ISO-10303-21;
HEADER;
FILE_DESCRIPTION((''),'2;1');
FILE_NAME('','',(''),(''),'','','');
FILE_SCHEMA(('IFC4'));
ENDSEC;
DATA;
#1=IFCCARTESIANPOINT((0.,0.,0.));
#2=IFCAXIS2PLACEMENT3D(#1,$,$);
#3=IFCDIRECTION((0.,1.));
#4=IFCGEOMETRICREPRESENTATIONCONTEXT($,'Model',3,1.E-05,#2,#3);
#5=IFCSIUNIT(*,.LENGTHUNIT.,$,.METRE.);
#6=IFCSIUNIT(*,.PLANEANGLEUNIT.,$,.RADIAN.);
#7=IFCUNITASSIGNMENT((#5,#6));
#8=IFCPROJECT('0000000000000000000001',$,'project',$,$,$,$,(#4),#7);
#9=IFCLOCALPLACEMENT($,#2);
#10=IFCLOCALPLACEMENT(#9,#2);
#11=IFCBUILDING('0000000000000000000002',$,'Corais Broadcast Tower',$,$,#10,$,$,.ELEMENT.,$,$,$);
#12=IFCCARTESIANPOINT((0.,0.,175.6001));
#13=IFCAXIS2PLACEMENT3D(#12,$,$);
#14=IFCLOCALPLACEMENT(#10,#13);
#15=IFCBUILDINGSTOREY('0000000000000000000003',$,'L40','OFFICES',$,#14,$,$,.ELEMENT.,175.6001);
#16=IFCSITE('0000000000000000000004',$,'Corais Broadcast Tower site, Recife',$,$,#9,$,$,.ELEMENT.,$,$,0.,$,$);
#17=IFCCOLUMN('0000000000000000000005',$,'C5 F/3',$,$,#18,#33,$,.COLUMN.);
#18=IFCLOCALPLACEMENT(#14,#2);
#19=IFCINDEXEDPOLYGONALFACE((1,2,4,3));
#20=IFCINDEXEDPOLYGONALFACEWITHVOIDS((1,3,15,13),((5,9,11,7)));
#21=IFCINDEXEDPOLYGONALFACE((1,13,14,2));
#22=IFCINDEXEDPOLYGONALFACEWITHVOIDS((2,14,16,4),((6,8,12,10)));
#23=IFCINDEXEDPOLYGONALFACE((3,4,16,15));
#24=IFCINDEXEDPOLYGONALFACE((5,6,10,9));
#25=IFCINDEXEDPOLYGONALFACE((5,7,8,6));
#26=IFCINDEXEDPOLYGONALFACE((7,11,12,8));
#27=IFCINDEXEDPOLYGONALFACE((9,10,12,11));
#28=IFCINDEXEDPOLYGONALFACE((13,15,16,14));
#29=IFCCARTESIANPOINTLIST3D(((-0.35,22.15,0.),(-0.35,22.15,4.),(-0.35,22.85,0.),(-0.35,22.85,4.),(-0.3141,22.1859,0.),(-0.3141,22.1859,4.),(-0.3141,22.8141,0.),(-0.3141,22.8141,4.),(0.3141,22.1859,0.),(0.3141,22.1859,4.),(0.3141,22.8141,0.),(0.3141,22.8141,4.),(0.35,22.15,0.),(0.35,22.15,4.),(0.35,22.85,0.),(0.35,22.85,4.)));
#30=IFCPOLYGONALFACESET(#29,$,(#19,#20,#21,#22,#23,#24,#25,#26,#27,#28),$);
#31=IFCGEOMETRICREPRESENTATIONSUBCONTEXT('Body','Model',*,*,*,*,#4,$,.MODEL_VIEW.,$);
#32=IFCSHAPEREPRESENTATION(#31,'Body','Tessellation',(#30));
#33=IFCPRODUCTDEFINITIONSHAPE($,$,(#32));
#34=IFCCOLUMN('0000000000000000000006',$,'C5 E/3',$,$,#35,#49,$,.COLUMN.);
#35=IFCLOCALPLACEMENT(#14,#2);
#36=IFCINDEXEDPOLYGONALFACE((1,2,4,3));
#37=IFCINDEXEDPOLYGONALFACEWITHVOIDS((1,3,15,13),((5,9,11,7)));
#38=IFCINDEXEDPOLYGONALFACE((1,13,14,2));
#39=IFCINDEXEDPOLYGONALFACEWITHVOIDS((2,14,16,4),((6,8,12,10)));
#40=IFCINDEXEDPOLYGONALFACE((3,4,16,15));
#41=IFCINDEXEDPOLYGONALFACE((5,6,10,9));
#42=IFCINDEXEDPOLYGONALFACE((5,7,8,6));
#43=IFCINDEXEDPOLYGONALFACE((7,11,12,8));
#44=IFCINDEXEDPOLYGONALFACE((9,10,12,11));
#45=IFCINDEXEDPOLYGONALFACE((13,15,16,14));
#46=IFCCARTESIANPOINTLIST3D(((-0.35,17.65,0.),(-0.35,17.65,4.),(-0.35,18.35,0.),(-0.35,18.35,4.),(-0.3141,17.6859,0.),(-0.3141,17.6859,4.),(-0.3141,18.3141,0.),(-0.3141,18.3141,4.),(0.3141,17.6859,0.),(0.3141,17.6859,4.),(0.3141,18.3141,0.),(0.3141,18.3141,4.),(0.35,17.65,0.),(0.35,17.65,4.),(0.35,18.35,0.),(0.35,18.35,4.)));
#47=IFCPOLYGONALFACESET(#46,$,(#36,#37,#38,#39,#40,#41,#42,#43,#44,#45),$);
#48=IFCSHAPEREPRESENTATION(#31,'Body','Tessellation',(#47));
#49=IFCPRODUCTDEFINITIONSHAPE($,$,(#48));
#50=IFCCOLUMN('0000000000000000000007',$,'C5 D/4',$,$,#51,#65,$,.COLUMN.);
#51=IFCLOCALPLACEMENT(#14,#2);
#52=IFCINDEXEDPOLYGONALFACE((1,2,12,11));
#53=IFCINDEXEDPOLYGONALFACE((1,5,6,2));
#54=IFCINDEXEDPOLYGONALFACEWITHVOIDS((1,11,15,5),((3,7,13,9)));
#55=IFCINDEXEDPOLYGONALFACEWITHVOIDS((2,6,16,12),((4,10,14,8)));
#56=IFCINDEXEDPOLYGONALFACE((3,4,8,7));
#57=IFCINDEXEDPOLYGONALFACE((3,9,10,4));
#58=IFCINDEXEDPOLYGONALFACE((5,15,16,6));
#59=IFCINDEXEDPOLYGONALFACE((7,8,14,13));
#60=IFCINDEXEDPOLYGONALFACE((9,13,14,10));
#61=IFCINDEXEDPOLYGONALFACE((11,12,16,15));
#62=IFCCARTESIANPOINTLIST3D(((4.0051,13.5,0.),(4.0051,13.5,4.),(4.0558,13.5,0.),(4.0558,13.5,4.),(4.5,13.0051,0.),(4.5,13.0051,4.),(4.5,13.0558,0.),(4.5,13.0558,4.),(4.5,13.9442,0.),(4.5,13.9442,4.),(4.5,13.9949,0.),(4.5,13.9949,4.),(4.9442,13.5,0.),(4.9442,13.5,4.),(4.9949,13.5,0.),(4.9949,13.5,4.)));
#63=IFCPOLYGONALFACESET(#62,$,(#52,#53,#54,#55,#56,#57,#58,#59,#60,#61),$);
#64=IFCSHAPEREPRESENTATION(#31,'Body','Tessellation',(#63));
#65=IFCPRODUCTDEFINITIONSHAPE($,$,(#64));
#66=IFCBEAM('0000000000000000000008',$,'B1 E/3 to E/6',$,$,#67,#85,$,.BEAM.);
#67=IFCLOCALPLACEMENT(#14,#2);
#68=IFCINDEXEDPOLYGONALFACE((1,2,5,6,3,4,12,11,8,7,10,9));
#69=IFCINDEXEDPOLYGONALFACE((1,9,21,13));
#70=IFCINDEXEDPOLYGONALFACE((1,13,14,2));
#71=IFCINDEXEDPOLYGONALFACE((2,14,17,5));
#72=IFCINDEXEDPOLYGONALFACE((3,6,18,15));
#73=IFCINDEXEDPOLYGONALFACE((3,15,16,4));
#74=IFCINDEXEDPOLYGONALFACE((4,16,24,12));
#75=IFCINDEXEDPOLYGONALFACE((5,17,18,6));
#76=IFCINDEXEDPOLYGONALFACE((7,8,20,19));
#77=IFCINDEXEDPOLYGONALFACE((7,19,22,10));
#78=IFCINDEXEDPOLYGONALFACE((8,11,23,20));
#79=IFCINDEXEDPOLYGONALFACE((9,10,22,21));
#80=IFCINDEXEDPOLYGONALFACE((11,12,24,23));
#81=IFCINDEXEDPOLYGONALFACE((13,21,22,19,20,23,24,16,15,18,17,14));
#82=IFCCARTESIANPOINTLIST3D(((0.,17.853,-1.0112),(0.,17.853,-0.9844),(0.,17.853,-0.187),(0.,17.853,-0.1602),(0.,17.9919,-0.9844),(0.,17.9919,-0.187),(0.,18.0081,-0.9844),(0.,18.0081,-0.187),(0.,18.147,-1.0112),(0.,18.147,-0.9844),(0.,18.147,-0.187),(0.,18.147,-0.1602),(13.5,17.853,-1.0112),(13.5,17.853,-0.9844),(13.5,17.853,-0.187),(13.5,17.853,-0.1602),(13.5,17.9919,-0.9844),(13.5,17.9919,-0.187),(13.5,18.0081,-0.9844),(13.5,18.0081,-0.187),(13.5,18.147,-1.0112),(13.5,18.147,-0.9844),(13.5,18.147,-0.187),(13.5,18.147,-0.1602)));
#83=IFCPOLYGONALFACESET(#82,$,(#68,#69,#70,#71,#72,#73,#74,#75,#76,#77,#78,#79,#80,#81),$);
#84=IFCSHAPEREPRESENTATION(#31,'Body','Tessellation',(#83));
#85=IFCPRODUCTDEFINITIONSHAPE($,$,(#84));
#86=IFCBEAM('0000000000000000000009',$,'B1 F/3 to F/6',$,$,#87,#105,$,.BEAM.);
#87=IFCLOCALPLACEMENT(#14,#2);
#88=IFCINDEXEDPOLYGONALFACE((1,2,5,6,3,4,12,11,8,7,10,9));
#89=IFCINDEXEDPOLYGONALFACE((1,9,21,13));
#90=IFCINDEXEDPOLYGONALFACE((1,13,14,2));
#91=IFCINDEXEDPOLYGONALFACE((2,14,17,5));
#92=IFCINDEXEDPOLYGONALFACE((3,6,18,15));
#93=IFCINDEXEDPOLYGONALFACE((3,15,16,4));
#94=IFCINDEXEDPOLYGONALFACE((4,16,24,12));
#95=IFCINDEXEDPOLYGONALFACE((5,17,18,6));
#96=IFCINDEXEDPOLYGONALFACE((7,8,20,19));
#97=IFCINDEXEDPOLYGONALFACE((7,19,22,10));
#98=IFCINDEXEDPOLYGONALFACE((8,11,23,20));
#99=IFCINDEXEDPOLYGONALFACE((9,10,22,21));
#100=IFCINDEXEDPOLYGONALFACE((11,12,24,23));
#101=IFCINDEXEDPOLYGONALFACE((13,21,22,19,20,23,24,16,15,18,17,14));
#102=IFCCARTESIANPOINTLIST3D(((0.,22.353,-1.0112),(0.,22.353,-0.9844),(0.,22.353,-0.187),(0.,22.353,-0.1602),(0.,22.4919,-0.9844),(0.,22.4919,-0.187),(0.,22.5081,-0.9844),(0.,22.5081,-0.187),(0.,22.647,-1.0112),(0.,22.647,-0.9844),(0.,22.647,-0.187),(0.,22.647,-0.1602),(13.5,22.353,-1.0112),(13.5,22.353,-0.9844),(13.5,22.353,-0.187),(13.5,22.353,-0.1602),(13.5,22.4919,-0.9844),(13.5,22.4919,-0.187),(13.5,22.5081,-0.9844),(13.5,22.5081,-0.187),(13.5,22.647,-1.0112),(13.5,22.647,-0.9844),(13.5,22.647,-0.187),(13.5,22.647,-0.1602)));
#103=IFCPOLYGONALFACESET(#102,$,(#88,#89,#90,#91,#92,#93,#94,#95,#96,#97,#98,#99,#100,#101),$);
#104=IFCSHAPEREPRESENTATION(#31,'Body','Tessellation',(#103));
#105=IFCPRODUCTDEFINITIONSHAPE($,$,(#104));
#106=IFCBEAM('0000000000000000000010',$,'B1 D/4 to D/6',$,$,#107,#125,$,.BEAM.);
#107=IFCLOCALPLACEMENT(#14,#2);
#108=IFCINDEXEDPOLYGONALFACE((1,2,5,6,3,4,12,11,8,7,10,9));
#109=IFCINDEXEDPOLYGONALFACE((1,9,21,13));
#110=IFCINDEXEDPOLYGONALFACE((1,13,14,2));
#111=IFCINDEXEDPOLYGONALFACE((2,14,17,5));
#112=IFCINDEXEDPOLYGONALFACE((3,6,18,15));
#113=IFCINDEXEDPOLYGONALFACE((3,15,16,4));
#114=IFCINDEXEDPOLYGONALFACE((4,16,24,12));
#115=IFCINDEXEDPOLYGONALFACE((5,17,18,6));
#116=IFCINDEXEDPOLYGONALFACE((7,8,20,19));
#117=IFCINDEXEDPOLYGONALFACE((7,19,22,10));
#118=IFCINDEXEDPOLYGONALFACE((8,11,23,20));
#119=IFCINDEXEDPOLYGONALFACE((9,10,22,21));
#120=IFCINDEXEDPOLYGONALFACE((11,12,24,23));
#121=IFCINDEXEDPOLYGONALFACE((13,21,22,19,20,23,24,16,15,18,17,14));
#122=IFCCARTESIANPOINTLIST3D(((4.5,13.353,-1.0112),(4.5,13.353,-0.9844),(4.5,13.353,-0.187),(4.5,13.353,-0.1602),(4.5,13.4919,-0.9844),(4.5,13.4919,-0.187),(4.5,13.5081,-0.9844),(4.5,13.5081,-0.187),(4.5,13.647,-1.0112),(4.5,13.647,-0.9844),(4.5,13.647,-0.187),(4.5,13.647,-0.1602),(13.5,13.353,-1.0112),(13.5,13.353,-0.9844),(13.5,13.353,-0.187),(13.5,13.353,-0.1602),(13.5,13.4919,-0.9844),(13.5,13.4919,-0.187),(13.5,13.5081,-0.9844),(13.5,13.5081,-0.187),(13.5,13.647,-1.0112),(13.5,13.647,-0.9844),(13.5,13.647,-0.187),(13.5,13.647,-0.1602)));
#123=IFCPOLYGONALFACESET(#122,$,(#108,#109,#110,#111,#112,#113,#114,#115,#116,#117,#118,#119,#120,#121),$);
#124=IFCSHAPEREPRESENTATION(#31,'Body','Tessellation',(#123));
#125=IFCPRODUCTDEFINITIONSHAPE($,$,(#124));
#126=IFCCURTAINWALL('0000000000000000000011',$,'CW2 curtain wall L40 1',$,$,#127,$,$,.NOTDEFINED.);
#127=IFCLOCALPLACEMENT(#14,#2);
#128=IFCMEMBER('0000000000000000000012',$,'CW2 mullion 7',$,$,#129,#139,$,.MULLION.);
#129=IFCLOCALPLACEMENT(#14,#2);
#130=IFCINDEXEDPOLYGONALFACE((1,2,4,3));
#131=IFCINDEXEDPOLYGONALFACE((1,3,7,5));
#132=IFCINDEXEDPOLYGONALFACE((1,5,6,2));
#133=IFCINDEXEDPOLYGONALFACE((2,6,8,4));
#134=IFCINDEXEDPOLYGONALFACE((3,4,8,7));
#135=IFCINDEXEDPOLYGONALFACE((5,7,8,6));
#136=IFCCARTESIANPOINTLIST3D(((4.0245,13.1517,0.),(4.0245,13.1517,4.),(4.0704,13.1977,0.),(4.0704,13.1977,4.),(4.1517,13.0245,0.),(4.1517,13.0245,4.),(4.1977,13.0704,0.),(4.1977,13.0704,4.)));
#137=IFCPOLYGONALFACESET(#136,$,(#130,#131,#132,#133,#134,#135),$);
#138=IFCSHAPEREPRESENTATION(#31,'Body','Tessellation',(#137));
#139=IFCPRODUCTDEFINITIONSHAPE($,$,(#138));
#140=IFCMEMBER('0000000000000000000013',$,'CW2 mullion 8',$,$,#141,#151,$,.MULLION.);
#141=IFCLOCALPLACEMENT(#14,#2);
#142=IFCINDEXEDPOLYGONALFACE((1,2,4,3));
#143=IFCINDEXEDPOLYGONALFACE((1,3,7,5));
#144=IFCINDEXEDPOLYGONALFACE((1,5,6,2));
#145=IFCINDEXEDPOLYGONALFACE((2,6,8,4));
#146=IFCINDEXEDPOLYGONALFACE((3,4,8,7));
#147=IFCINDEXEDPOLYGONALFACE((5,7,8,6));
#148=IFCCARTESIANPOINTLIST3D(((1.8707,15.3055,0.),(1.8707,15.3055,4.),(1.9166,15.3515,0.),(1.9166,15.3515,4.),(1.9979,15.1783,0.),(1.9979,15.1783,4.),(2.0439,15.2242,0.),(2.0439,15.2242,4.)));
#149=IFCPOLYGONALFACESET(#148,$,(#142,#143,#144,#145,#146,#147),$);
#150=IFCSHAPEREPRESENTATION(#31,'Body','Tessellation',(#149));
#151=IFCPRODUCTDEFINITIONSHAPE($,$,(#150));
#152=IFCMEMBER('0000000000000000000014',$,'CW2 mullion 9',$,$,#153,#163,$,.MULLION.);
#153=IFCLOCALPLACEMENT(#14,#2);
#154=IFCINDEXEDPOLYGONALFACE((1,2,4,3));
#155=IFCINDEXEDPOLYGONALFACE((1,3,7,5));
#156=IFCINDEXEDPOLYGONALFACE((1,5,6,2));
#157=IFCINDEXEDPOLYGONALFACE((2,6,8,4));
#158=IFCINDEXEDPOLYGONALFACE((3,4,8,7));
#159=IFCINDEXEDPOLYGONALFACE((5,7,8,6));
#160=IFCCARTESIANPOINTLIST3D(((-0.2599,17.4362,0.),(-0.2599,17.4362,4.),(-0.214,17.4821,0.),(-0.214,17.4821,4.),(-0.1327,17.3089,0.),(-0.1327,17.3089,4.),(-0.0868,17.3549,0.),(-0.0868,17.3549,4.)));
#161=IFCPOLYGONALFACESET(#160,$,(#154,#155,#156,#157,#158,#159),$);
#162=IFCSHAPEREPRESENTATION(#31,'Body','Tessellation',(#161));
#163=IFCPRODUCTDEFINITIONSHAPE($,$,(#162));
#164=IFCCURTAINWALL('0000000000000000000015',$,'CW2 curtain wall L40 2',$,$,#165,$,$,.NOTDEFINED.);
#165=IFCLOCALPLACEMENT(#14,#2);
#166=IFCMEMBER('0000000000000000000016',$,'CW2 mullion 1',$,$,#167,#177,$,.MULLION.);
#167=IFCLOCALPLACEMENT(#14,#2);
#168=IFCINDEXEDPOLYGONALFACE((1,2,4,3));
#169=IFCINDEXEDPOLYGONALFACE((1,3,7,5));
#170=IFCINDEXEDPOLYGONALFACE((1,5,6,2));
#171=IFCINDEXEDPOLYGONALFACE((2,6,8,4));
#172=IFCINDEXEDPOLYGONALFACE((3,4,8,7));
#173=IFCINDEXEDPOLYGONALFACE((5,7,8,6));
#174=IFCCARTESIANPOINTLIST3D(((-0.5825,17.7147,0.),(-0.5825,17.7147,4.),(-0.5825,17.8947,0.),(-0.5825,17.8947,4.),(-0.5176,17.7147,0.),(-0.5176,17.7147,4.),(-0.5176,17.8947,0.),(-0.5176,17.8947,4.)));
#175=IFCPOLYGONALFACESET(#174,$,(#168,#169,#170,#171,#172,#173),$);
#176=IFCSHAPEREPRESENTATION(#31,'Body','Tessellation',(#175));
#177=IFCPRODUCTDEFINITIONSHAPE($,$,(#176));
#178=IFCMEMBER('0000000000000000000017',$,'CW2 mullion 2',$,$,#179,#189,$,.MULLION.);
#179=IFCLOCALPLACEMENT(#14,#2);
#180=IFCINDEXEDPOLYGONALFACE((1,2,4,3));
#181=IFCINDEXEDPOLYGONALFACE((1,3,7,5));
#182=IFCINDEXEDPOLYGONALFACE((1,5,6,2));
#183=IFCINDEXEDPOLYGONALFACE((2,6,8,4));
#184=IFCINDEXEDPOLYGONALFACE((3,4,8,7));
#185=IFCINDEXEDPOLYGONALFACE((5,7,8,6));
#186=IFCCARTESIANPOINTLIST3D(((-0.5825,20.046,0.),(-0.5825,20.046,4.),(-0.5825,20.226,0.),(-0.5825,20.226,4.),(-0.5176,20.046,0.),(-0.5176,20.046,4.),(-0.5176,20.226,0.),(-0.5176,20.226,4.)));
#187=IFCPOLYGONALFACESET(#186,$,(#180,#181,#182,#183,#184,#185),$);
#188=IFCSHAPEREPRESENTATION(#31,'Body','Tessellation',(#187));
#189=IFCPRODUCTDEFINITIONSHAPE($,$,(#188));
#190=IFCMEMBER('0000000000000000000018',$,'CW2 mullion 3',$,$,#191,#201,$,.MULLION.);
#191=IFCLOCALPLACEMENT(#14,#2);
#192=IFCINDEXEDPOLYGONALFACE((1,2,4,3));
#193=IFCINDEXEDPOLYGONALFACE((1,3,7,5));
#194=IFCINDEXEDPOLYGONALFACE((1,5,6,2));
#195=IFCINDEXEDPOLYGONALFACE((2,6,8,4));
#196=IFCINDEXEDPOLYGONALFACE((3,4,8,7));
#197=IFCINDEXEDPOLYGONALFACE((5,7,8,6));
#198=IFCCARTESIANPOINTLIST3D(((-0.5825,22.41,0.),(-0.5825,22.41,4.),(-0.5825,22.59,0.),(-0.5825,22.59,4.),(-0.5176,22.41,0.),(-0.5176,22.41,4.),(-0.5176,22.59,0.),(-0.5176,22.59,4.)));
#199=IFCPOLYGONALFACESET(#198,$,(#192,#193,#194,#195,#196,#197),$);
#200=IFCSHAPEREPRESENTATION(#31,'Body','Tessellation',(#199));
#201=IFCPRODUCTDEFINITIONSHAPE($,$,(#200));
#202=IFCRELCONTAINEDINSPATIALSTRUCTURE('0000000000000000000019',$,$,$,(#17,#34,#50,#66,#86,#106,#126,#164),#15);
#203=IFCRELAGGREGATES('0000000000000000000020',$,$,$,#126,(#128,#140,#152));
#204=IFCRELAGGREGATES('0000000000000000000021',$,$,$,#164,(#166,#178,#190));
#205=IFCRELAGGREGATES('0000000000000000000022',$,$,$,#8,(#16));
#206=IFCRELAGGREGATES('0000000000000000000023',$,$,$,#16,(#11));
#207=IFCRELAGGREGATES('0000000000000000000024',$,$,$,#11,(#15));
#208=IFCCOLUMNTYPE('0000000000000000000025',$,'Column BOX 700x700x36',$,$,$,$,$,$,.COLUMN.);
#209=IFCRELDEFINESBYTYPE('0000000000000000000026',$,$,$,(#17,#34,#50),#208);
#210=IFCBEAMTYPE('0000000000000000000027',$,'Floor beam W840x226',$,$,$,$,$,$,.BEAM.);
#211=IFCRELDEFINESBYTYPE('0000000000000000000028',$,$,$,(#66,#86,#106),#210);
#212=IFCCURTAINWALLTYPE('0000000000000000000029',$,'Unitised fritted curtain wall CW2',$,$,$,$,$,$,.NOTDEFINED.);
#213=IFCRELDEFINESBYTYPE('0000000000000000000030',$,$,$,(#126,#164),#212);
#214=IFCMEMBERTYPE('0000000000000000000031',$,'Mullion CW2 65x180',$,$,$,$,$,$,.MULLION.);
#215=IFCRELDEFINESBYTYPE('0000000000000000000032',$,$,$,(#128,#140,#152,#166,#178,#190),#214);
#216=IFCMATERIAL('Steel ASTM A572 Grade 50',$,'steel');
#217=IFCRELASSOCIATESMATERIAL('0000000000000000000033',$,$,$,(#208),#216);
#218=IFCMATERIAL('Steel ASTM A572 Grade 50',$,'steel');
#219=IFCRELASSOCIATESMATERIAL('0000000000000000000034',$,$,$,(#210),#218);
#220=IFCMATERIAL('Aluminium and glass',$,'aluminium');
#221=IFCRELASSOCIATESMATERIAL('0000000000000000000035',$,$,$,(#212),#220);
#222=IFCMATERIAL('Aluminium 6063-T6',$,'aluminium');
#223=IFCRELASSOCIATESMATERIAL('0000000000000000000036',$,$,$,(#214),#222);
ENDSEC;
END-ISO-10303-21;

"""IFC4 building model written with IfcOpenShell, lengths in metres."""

from ifc_helpers import new_model, si_unit, direction, frame, origin, origin_2d, place, context, subcontext, project, spatial, rectangle, hollow_rectangle, i_section, extrude, material, material_profile, profile_set, type_object, element, aggregate, save


model = new_model("IFC4")

# Units and contexts
model_context = context("Model", 3, precision=1e-05, world=origin(), true_north=direction((0.0, 1.0)))
body_context = subcontext(model_context, "Body", "Model", "MODEL_VIEW")
ifc_project = project(units=[si_unit("LENGTHUNIT", "METRE"), si_unit("PLANEANGLEUNIT", "RADIAN")], contexts=[model_context])

# Site, building, storey
site_placement = place(None, origin())
site = spatial("IfcSite", under=ifc_project, at=site_placement, Name="Corais Broadcast Tower site, Recife", CompositionType="ELEMENT", RefElevation=0.0)
building_placement = place(site_placement, origin())
building = spatial("IfcBuilding", under=site, at=building_placement, Name="Corais Broadcast Tower", CompositionType="ELEMENT")
storey_placement = place(building_placement, frame((0.0, 0.0, 175.6001)))
storey = spatial("IfcBuildingStorey", under=building, at=storey_placement, Name="L40", Description="OFFICES", CompositionType="ELEMENT", Elevation=175.6001)

# Columns
ifc_material_1 = material(Name="Steel ASTM A572 Grade 50", Category="steel")
ifc_material_profile_1 = material_profile(ifc_material_1, hollow_rectangle(XDim=0.7, YDim=0.7, WallThickness=0.0359, at=origin_2d()), Name="BOX 700x700x36")
ifc_profile_set_1 = profile_set([ifc_material_profile_1], Name="Steel ASTM A572 Grade 50")
column_type = type_object("IfcColumnType", Name="Column BOX 700x700x36", PredefinedType="COLUMN", material=ifc_profile_set_1)
for number, where, z_axis, x_axis, name in (
    (1, (0.0, 22.5, 0.0), (0.0, 0.0, 1.0), (1.0, 0.0, 0.0), "C5 F/3"),
    (2, (0.0, 18.0, 0.0), (0.0, 0.0, 1.0), (1.0, 0.0, 0.0), "C5 E/3"),
    (3, (4.5, 13.5, 0.0), (0.0, 0.0, 1.0), (0.707107, 0.707107, 0.0), "C5 D/4"),
):
    element("IfcColumn", number, at=place(storey_placement, frame(where, z_axis=z_axis, x_axis=x_axis)), inside=storey, type_object=column_type, Name=name, PredefinedType="COLUMN", context=body_context, shape_type="SweptSolid", body=[
        extrude(hollow_rectangle(XDim=0.7, YDim=0.7, WallThickness=0.0359, at=origin_2d()), origin(), (0.0, 0.0, 1.0), 4.0),
    ])

# Beams
ifc_material_2 = material(Name="Steel ASTM A572 Grade 50", Category="steel")
ifc_material_profile_2 = material_profile(ifc_material_2, i_section(OverallWidth=0.2939, OverallDepth=0.8511, WebThickness=0.0161, FlangeThickness=0.0269, at=origin_2d()), Name="W840x226")
ifc_profile_set_2 = profile_set([ifc_material_profile_2], Name="Steel ASTM A572 Grade 50")
beam_type_1 = type_object("IfcBeamType", Name="Floor beam W840x226", PredefinedType="BEAM", material=ifc_profile_set_2)
for number, where, z_axis, x_axis, name in (
    (4, (0.0, 18.0, -0.5857), (1.0, 0.0, 0.0), (0.0, 1.0, 0.0), "B1 E/3 to E/6"),
    (5, (0.0, 22.5, -0.5857), (1.0, 0.0, 0.0), (0.0, 1.0, 0.0), "B1 F/3 to F/6"),
):
    element("IfcBeam", number, at=place(storey_placement, frame(where, z_axis=z_axis, x_axis=x_axis)), inside=storey, type_object=beam_type_1, Name=name, PredefinedType="BEAM", context=body_context, shape_type="SweptSolid", body=[
        extrude(i_section(OverallWidth=0.2939, OverallDepth=0.8511, WebThickness=0.0161, FlangeThickness=0.0269, at=origin_2d()), origin(), (0.0, 0.0, 1.0), 13.5),
    ])
beam_1_placement = place(storey_placement, frame((4.5, 13.5, -0.5857), z_axis=(1.0, 0.0, 0.0), x_axis=(0.0, 1.0, 0.0)))
element("IfcBeam", 6, at=beam_1_placement, inside=storey, type_object=beam_type_1, Name="B1 D/4 to D/6", PredefinedType="BEAM", context=body_context, shape_type="SweptSolid", body=[
    extrude(i_section(OverallWidth=0.2939, OverallDepth=0.8511, WebThickness=0.0161, FlangeThickness=0.0269, at=origin_2d()), origin(), (0.0, 0.0, 1.0), 9.0),
])

# Curtain walls, members
ifc_material_3 = material(Name="Aluminium and glass", Category="aluminium")
curtain_wall_type = type_object("IfcCurtainWallType", Name="Unitised fritted curtain wall CW2", PredefinedType="NOTDEFINED", material=ifc_material_3)
curtain_wall_1_placement = place(storey_placement, origin())
curtain_wall_1 = element("IfcCurtainWall", 7, at=curtain_wall_1_placement, inside=storey, type_object=curtain_wall_type, Name="CW2 curtain wall L40 1", PredefinedType="NOTDEFINED")
ifc_material_4 = material(Name="Aluminium 6063-T6", Category="aluminium")
ifc_material_profile_3 = material_profile(ifc_material_4, rectangle(XDim=0.0649, YDim=0.1799, at=origin_2d()), Name="Mullion CW2 65x180")
ifc_profile_set_3 = profile_set([ifc_material_profile_3], Name="Aluminium 6063-T6")
member_type_1 = type_object("IfcMemberType", Name="Mullion CW2 65x180", PredefinedType="MULLION", material=ifc_profile_set_3)
member_1_placement = place(storey_placement, frame((4.1111, 13.1111, 0.0), z_axis=(0.0, 0.0, 1.0), x_axis=(-0.707107, -0.707107, 0.0)))
member_1 = element("IfcMember", 8, at=member_1_placement, type_object=member_type_1, Name="CW2 mullion 7", PredefinedType="MULLION", context=body_context, shape_type="SweptSolid", body=[
    extrude(rectangle(XDim=0.0649, YDim=0.1799, at=origin_2d()), origin(), (0.0, 0.0, 1.0), 4.0),
])
member_2_placement = place(storey_placement, frame((1.9573, 15.2649, 0.0), z_axis=(0.0, 0.0, 1.0), x_axis=(-0.707107, -0.707107, 0.0)))
member_2 = element("IfcMember", 9, at=member_2_placement, type_object=member_type_1, Name="CW2 mullion 8", PredefinedType="MULLION", context=body_context, shape_type="SweptSolid", body=[
    extrude(rectangle(XDim=0.0649, YDim=0.1799, at=origin_2d()), origin(), (0.0, 0.0, 1.0), 4.0),
])
member_3_placement = place(storey_placement, frame((-0.1733, 17.3955, 0.0), z_axis=(0.0, 0.0, 1.0), x_axis=(-0.707107, -0.707107, 0.0)))
member_3 = element("IfcMember", 10, at=member_3_placement, type_object=member_type_1, Name="CW2 mullion 9", PredefinedType="MULLION", context=body_context, shape_type="SweptSolid", body=[
    extrude(rectangle(XDim=0.0649, YDim=0.1799, at=origin_2d()), origin(), (0.0, 0.0, 1.0), 4.0),
])
curtain_wall_2_placement = place(storey_placement, origin())
curtain_wall_2 = element("IfcCurtainWall", 11, at=curtain_wall_2_placement, inside=storey, type_object=curtain_wall_type, Name="CW2 curtain wall L40 2", PredefinedType="NOTDEFINED")
member_4_placement = place(storey_placement, frame((-0.55, 17.8047, 0.0), z_axis=(0.0, 0.0, 1.0), x_axis=(-1.0, 0.0, 0.0)))
member_4 = element("IfcMember", 12, at=member_4_placement, type_object=member_type_1, Name="CW2 mullion 1", PredefinedType="MULLION", context=body_context, shape_type="SweptSolid", body=[
    extrude(rectangle(XDim=0.0649, YDim=0.1799, at=origin_2d()), origin(), (0.0, 0.0, 1.0), 4.0),
])
member_5_placement = place(storey_placement, frame((-0.55, 20.136, 0.0), z_axis=(0.0, 0.0, 1.0), x_axis=(-1.0, 0.0, 0.0)))
member_5 = element("IfcMember", 13, at=member_5_placement, type_object=member_type_1, Name="CW2 mullion 2", PredefinedType="MULLION", context=body_context, shape_type="SweptSolid", body=[
    extrude(rectangle(XDim=0.0649, YDim=0.1799, at=origin_2d()), origin(), (0.0, 0.0, 1.0), 4.0),
])
member_6_placement = place(storey_placement, frame((-0.55, 22.5, 0.0), z_axis=(0.0, 0.0, 1.0), x_axis=(-1.0, 0.0, 0.0)))
member_6 = element("IfcMember", 14, at=member_6_placement, type_object=member_type_1, Name="CW2 mullion 3", PredefinedType="MULLION", context=body_context, shape_type="SweptSolid", body=[
    extrude(rectangle(XDim=0.0649, YDim=0.1799, at=origin_2d()), origin(), (0.0, 0.0, 1.0), 4.0),
])

aggregate(curtain_wall_1, [member_1, member_2, member_3])
aggregate(curtain_wall_2, [member_4, member_5, member_6])

save(model, "model.ifc")
